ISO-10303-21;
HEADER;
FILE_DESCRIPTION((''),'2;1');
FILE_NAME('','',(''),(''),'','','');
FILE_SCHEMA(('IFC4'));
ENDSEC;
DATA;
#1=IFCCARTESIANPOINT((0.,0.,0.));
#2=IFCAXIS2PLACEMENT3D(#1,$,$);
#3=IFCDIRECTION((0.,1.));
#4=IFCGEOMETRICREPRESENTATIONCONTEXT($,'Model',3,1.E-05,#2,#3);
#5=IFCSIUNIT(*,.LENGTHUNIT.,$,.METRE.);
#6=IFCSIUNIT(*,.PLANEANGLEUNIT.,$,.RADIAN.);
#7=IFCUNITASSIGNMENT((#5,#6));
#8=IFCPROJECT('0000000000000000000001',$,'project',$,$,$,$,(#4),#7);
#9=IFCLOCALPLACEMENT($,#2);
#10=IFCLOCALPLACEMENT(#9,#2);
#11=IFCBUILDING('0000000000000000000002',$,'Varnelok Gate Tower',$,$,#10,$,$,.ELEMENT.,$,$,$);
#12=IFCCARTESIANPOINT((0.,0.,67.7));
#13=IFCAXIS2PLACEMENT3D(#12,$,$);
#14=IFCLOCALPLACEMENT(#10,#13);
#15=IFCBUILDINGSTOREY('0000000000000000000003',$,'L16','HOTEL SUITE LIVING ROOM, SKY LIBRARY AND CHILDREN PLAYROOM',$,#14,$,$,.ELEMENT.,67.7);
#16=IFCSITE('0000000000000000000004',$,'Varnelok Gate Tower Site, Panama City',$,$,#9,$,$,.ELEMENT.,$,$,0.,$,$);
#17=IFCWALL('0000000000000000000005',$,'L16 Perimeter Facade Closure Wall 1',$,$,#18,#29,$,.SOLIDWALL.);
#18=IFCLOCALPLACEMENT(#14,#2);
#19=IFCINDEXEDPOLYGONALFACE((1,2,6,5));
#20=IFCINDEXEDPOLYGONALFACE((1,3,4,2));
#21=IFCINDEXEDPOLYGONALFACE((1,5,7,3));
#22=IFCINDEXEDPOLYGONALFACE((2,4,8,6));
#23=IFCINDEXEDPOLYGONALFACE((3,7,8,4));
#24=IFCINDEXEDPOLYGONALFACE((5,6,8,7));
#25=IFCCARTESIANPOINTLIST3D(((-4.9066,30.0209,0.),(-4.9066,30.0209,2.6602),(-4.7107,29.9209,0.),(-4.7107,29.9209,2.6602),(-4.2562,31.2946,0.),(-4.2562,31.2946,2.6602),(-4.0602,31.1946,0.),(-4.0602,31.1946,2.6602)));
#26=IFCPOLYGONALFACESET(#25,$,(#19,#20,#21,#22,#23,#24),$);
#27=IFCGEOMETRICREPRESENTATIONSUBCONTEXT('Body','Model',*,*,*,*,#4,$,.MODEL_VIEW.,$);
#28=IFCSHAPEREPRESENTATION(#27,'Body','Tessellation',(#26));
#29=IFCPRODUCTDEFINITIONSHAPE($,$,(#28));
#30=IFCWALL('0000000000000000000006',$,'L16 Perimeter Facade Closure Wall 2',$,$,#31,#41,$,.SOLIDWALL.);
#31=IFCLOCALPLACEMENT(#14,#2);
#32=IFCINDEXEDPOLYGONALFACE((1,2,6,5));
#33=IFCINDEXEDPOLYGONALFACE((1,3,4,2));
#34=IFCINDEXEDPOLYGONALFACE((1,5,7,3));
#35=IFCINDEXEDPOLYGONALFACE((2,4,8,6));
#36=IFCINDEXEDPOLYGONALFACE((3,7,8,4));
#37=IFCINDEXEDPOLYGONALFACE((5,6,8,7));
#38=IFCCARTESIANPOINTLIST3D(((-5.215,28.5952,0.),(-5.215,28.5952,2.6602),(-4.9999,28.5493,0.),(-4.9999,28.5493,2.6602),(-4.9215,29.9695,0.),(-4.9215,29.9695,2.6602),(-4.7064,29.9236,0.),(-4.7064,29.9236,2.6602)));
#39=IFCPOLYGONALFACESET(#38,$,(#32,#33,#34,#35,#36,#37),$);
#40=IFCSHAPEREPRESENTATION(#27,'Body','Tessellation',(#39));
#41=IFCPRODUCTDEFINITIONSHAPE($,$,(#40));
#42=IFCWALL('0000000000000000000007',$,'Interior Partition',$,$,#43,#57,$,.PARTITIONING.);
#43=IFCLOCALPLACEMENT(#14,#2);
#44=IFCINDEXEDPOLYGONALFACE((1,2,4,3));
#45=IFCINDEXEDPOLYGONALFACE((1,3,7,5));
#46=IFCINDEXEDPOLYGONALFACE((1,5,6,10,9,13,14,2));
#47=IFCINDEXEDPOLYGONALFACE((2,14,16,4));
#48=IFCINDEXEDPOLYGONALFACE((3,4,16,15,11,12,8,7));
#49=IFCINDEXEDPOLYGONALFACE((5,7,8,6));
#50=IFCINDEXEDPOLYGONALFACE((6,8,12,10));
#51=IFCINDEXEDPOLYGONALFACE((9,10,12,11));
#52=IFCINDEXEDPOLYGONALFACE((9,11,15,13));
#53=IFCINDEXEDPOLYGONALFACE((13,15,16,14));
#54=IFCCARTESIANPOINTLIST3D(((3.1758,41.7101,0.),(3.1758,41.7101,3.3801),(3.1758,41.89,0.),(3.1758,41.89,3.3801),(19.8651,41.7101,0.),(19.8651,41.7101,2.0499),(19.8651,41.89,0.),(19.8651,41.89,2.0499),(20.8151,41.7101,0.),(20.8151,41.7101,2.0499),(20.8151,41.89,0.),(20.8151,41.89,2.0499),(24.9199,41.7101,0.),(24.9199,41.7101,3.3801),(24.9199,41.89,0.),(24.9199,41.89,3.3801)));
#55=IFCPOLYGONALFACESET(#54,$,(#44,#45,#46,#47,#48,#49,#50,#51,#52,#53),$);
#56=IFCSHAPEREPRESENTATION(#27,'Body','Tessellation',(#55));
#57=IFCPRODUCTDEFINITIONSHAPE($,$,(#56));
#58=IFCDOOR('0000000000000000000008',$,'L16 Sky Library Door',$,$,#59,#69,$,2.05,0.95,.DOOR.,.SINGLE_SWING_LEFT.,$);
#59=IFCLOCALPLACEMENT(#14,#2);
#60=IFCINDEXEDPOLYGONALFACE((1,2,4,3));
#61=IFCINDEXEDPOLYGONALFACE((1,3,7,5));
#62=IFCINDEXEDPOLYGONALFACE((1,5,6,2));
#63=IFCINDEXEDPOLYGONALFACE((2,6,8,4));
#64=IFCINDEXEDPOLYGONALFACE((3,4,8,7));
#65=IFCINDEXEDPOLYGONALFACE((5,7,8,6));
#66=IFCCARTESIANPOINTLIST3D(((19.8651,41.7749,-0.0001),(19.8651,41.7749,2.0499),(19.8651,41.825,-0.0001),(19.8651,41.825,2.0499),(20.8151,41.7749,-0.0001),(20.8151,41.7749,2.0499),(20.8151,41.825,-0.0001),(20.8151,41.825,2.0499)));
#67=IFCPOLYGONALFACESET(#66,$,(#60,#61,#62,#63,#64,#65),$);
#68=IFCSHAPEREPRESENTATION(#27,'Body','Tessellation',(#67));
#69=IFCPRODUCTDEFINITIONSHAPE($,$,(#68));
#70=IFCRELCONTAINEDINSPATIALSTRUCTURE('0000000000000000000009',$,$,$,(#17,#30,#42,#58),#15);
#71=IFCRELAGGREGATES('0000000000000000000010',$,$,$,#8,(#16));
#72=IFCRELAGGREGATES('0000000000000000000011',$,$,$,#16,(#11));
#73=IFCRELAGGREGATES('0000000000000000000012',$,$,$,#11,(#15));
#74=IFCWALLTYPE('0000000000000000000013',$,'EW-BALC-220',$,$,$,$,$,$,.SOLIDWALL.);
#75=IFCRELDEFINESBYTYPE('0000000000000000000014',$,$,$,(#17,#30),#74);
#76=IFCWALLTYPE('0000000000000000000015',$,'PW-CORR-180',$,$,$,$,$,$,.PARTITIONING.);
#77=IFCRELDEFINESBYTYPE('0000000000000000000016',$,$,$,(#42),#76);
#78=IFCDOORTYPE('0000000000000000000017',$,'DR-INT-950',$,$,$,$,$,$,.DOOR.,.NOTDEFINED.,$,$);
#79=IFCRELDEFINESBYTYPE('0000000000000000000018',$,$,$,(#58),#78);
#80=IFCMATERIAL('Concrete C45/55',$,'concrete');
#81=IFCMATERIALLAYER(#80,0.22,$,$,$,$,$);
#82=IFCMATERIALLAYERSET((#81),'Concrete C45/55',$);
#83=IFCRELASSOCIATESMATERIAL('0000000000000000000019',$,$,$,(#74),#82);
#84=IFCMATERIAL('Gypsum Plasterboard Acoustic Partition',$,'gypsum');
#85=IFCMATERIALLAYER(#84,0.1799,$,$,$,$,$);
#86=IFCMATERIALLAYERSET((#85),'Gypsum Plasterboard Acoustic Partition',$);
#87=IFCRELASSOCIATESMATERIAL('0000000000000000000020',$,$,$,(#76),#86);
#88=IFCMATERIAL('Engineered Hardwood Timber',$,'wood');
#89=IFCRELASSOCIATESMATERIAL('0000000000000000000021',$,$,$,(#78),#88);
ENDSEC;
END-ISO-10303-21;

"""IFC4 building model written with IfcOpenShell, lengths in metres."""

from ifc_helpers import new_model, si_unit, direction, frame, frame_2d, origin, place, context, subcontext, project, spatial, rectangle, extrude, material, layer, layer_set, type_object, element, fill, save


model = new_model("IFC4")

# Units and contexts
model_context = context("Model", 3, precision=1e-05, world=origin(), true_north=direction((0.0, 1.0)))
body_context = subcontext(model_context, "Body", "Model", "MODEL_VIEW")
ifc_project = project(units=[si_unit("LENGTHUNIT", "METRE"), si_unit("PLANEANGLEUNIT", "RADIAN")], contexts=[model_context])

# Site, building, storey
site_placement = place(None, origin())
site = spatial("IfcSite", under=ifc_project, at=site_placement, Name="Varnelok Gate Tower Site, Panama City", CompositionType="ELEMENT", RefElevation=0.0)
building_placement = place(site_placement, origin())
building = spatial("IfcBuilding", under=site, at=building_placement, Name="Varnelok Gate Tower", CompositionType="ELEMENT")
storey_placement = place(building_placement, frame((0.0, 0.0, 67.7)))
storey = spatial("IfcBuildingStorey", under=building, at=storey_placement, Name="L16", Description="HOTEL SUITE LIVING ROOM, SKY LIBRARY AND CHILDREN PLAYROOM", CompositionType="ELEMENT", Elevation=67.7)

# Walls
ifc_material_1 = material(Name="Concrete C45/55", Category="concrete")
ifc_layer_1 = layer(ifc_material_1, 0.22)
ifc_layer_set_1 = layer_set([ifc_layer_1], Name="Concrete C45/55")
wall_type_1 = type_object("IfcWallType", Name="EW-BALC-220", PredefinedType="SOLIDWALL", material=ifc_layer_set_1)
wall_1_placement = place(storey_placement, frame((-4.1582, 31.2446, 0.0), z_axis=(0.0, 0.0, 1.0), x_axis=(-0.454777, -0.890605, 0.0)))
element("IfcWall", 1, at=wall_1_placement, inside=storey, type_object=wall_type_1, Name="L16 Perimeter Facade Closure Wall 1", PredefinedType="SOLIDWALL", context=body_context, shape_type="SweptSolid", body=[
    extrude(rectangle(XDim=1.4302, YDim=0.22, at=frame_2d((0.7151, 0.0))), origin(), (0.0, 0.0, 1.0), 2.6602),
])
wall_2_placement = place(storey_placement, frame((-4.814, 29.9465, 0.0), z_axis=(0.0, 0.0, 1.0), x_axis=(-0.208829, -0.977952, 0.0)))
element("IfcWall", 2, at=wall_2_placement, inside=storey, type_object=wall_type_1, Name="L16 Perimeter Facade Closure Wall 2", PredefinedType="SOLIDWALL", context=body_context, shape_type="SweptSolid", body=[
    extrude(rectangle(XDim=1.4053, YDim=0.22, at=frame_2d((0.7026, 0.0))), origin(), (0.0, 0.0, 1.0), 2.6602),
])

# Wall, opening, door
ifc_material_2 = material(Name="Gypsum Plasterboard Acoustic Partition", Category="gypsum")
ifc_layer_2 = layer(ifc_material_2, 0.1799)
ifc_layer_set_2 = layer_set([ifc_layer_2], Name="Gypsum Plasterboard Acoustic Partition")
wall_type_2 = type_object("IfcWallType", Name="PW-CORR-180", PredefinedType="PARTITIONING", material=ifc_layer_set_2)
wall_3_placement = place(storey_placement, frame((3.1758, 41.8, 0.0), z_axis=(0.0, 0.0, 1.0), x_axis=(1.0, 0.0, 0.0)))
wall_3 = element("IfcWall", 3, at=wall_3_placement, inside=storey, type_object=wall_type_2, Name="Interior Partition", PredefinedType="PARTITIONING", context=body_context, shape_type="SweptSolid", body=[
    extrude(rectangle(XDim=21.7441, YDim=0.1799, at=frame_2d((10.8721, 0.0))), origin(), (0.0, 0.0, 1.0), 3.3801),
])
opening_placement = place(wall_3_placement, frame((16.6892, 0.0, 0.0)))
opening = element("IfcOpeningElement", 4, at=opening_placement, cuts=wall_3, PredefinedType="OPENING", context=body_context, shape_type="SweptSolid", body=[
    extrude(rectangle(XDim=0.95, YDim=2.05, at=frame_2d((0.4751, 1.0249))), frame((0.0, 0.0999, 0.0), z_axis=(0.0, -1.0, 0.0), x_axis=(1.0, 0.0, 0.0)), (0.0, 0.0, 1.0), 0.2),
])
ifc_material_3 = material(Name="Engineered Hardwood Timber", Category="wood")
door_type = type_object("IfcDoorType", Name="DR-INT-950", OperationType="NOTDEFINED", PredefinedType="DOOR", material=ifc_material_3)
door_placement = place(opening_placement, origin())
door = element("IfcDoor", 5, at=door_placement, inside=storey, type_object=door_type, Name="L16 Sky Library Door", OperationType="SINGLE_SWING_LEFT", OverallHeight=2.05, OverallWidth=0.95, PredefinedType="DOOR", context=body_context, shape_type="SweptSolid", body=[
    extrude(rectangle(XDim=0.95, YDim=2.05, at=frame_2d((0.4751, 1.0249))), frame((0.0, 0.0249, 0.0), z_axis=(0.0, -1.0, 0.0), x_axis=(1.0, 0.0, 0.0)), (0.0, 0.0, 1.0), 0.05),
])
fill(opening, door)

save(model, "model.ifc")
